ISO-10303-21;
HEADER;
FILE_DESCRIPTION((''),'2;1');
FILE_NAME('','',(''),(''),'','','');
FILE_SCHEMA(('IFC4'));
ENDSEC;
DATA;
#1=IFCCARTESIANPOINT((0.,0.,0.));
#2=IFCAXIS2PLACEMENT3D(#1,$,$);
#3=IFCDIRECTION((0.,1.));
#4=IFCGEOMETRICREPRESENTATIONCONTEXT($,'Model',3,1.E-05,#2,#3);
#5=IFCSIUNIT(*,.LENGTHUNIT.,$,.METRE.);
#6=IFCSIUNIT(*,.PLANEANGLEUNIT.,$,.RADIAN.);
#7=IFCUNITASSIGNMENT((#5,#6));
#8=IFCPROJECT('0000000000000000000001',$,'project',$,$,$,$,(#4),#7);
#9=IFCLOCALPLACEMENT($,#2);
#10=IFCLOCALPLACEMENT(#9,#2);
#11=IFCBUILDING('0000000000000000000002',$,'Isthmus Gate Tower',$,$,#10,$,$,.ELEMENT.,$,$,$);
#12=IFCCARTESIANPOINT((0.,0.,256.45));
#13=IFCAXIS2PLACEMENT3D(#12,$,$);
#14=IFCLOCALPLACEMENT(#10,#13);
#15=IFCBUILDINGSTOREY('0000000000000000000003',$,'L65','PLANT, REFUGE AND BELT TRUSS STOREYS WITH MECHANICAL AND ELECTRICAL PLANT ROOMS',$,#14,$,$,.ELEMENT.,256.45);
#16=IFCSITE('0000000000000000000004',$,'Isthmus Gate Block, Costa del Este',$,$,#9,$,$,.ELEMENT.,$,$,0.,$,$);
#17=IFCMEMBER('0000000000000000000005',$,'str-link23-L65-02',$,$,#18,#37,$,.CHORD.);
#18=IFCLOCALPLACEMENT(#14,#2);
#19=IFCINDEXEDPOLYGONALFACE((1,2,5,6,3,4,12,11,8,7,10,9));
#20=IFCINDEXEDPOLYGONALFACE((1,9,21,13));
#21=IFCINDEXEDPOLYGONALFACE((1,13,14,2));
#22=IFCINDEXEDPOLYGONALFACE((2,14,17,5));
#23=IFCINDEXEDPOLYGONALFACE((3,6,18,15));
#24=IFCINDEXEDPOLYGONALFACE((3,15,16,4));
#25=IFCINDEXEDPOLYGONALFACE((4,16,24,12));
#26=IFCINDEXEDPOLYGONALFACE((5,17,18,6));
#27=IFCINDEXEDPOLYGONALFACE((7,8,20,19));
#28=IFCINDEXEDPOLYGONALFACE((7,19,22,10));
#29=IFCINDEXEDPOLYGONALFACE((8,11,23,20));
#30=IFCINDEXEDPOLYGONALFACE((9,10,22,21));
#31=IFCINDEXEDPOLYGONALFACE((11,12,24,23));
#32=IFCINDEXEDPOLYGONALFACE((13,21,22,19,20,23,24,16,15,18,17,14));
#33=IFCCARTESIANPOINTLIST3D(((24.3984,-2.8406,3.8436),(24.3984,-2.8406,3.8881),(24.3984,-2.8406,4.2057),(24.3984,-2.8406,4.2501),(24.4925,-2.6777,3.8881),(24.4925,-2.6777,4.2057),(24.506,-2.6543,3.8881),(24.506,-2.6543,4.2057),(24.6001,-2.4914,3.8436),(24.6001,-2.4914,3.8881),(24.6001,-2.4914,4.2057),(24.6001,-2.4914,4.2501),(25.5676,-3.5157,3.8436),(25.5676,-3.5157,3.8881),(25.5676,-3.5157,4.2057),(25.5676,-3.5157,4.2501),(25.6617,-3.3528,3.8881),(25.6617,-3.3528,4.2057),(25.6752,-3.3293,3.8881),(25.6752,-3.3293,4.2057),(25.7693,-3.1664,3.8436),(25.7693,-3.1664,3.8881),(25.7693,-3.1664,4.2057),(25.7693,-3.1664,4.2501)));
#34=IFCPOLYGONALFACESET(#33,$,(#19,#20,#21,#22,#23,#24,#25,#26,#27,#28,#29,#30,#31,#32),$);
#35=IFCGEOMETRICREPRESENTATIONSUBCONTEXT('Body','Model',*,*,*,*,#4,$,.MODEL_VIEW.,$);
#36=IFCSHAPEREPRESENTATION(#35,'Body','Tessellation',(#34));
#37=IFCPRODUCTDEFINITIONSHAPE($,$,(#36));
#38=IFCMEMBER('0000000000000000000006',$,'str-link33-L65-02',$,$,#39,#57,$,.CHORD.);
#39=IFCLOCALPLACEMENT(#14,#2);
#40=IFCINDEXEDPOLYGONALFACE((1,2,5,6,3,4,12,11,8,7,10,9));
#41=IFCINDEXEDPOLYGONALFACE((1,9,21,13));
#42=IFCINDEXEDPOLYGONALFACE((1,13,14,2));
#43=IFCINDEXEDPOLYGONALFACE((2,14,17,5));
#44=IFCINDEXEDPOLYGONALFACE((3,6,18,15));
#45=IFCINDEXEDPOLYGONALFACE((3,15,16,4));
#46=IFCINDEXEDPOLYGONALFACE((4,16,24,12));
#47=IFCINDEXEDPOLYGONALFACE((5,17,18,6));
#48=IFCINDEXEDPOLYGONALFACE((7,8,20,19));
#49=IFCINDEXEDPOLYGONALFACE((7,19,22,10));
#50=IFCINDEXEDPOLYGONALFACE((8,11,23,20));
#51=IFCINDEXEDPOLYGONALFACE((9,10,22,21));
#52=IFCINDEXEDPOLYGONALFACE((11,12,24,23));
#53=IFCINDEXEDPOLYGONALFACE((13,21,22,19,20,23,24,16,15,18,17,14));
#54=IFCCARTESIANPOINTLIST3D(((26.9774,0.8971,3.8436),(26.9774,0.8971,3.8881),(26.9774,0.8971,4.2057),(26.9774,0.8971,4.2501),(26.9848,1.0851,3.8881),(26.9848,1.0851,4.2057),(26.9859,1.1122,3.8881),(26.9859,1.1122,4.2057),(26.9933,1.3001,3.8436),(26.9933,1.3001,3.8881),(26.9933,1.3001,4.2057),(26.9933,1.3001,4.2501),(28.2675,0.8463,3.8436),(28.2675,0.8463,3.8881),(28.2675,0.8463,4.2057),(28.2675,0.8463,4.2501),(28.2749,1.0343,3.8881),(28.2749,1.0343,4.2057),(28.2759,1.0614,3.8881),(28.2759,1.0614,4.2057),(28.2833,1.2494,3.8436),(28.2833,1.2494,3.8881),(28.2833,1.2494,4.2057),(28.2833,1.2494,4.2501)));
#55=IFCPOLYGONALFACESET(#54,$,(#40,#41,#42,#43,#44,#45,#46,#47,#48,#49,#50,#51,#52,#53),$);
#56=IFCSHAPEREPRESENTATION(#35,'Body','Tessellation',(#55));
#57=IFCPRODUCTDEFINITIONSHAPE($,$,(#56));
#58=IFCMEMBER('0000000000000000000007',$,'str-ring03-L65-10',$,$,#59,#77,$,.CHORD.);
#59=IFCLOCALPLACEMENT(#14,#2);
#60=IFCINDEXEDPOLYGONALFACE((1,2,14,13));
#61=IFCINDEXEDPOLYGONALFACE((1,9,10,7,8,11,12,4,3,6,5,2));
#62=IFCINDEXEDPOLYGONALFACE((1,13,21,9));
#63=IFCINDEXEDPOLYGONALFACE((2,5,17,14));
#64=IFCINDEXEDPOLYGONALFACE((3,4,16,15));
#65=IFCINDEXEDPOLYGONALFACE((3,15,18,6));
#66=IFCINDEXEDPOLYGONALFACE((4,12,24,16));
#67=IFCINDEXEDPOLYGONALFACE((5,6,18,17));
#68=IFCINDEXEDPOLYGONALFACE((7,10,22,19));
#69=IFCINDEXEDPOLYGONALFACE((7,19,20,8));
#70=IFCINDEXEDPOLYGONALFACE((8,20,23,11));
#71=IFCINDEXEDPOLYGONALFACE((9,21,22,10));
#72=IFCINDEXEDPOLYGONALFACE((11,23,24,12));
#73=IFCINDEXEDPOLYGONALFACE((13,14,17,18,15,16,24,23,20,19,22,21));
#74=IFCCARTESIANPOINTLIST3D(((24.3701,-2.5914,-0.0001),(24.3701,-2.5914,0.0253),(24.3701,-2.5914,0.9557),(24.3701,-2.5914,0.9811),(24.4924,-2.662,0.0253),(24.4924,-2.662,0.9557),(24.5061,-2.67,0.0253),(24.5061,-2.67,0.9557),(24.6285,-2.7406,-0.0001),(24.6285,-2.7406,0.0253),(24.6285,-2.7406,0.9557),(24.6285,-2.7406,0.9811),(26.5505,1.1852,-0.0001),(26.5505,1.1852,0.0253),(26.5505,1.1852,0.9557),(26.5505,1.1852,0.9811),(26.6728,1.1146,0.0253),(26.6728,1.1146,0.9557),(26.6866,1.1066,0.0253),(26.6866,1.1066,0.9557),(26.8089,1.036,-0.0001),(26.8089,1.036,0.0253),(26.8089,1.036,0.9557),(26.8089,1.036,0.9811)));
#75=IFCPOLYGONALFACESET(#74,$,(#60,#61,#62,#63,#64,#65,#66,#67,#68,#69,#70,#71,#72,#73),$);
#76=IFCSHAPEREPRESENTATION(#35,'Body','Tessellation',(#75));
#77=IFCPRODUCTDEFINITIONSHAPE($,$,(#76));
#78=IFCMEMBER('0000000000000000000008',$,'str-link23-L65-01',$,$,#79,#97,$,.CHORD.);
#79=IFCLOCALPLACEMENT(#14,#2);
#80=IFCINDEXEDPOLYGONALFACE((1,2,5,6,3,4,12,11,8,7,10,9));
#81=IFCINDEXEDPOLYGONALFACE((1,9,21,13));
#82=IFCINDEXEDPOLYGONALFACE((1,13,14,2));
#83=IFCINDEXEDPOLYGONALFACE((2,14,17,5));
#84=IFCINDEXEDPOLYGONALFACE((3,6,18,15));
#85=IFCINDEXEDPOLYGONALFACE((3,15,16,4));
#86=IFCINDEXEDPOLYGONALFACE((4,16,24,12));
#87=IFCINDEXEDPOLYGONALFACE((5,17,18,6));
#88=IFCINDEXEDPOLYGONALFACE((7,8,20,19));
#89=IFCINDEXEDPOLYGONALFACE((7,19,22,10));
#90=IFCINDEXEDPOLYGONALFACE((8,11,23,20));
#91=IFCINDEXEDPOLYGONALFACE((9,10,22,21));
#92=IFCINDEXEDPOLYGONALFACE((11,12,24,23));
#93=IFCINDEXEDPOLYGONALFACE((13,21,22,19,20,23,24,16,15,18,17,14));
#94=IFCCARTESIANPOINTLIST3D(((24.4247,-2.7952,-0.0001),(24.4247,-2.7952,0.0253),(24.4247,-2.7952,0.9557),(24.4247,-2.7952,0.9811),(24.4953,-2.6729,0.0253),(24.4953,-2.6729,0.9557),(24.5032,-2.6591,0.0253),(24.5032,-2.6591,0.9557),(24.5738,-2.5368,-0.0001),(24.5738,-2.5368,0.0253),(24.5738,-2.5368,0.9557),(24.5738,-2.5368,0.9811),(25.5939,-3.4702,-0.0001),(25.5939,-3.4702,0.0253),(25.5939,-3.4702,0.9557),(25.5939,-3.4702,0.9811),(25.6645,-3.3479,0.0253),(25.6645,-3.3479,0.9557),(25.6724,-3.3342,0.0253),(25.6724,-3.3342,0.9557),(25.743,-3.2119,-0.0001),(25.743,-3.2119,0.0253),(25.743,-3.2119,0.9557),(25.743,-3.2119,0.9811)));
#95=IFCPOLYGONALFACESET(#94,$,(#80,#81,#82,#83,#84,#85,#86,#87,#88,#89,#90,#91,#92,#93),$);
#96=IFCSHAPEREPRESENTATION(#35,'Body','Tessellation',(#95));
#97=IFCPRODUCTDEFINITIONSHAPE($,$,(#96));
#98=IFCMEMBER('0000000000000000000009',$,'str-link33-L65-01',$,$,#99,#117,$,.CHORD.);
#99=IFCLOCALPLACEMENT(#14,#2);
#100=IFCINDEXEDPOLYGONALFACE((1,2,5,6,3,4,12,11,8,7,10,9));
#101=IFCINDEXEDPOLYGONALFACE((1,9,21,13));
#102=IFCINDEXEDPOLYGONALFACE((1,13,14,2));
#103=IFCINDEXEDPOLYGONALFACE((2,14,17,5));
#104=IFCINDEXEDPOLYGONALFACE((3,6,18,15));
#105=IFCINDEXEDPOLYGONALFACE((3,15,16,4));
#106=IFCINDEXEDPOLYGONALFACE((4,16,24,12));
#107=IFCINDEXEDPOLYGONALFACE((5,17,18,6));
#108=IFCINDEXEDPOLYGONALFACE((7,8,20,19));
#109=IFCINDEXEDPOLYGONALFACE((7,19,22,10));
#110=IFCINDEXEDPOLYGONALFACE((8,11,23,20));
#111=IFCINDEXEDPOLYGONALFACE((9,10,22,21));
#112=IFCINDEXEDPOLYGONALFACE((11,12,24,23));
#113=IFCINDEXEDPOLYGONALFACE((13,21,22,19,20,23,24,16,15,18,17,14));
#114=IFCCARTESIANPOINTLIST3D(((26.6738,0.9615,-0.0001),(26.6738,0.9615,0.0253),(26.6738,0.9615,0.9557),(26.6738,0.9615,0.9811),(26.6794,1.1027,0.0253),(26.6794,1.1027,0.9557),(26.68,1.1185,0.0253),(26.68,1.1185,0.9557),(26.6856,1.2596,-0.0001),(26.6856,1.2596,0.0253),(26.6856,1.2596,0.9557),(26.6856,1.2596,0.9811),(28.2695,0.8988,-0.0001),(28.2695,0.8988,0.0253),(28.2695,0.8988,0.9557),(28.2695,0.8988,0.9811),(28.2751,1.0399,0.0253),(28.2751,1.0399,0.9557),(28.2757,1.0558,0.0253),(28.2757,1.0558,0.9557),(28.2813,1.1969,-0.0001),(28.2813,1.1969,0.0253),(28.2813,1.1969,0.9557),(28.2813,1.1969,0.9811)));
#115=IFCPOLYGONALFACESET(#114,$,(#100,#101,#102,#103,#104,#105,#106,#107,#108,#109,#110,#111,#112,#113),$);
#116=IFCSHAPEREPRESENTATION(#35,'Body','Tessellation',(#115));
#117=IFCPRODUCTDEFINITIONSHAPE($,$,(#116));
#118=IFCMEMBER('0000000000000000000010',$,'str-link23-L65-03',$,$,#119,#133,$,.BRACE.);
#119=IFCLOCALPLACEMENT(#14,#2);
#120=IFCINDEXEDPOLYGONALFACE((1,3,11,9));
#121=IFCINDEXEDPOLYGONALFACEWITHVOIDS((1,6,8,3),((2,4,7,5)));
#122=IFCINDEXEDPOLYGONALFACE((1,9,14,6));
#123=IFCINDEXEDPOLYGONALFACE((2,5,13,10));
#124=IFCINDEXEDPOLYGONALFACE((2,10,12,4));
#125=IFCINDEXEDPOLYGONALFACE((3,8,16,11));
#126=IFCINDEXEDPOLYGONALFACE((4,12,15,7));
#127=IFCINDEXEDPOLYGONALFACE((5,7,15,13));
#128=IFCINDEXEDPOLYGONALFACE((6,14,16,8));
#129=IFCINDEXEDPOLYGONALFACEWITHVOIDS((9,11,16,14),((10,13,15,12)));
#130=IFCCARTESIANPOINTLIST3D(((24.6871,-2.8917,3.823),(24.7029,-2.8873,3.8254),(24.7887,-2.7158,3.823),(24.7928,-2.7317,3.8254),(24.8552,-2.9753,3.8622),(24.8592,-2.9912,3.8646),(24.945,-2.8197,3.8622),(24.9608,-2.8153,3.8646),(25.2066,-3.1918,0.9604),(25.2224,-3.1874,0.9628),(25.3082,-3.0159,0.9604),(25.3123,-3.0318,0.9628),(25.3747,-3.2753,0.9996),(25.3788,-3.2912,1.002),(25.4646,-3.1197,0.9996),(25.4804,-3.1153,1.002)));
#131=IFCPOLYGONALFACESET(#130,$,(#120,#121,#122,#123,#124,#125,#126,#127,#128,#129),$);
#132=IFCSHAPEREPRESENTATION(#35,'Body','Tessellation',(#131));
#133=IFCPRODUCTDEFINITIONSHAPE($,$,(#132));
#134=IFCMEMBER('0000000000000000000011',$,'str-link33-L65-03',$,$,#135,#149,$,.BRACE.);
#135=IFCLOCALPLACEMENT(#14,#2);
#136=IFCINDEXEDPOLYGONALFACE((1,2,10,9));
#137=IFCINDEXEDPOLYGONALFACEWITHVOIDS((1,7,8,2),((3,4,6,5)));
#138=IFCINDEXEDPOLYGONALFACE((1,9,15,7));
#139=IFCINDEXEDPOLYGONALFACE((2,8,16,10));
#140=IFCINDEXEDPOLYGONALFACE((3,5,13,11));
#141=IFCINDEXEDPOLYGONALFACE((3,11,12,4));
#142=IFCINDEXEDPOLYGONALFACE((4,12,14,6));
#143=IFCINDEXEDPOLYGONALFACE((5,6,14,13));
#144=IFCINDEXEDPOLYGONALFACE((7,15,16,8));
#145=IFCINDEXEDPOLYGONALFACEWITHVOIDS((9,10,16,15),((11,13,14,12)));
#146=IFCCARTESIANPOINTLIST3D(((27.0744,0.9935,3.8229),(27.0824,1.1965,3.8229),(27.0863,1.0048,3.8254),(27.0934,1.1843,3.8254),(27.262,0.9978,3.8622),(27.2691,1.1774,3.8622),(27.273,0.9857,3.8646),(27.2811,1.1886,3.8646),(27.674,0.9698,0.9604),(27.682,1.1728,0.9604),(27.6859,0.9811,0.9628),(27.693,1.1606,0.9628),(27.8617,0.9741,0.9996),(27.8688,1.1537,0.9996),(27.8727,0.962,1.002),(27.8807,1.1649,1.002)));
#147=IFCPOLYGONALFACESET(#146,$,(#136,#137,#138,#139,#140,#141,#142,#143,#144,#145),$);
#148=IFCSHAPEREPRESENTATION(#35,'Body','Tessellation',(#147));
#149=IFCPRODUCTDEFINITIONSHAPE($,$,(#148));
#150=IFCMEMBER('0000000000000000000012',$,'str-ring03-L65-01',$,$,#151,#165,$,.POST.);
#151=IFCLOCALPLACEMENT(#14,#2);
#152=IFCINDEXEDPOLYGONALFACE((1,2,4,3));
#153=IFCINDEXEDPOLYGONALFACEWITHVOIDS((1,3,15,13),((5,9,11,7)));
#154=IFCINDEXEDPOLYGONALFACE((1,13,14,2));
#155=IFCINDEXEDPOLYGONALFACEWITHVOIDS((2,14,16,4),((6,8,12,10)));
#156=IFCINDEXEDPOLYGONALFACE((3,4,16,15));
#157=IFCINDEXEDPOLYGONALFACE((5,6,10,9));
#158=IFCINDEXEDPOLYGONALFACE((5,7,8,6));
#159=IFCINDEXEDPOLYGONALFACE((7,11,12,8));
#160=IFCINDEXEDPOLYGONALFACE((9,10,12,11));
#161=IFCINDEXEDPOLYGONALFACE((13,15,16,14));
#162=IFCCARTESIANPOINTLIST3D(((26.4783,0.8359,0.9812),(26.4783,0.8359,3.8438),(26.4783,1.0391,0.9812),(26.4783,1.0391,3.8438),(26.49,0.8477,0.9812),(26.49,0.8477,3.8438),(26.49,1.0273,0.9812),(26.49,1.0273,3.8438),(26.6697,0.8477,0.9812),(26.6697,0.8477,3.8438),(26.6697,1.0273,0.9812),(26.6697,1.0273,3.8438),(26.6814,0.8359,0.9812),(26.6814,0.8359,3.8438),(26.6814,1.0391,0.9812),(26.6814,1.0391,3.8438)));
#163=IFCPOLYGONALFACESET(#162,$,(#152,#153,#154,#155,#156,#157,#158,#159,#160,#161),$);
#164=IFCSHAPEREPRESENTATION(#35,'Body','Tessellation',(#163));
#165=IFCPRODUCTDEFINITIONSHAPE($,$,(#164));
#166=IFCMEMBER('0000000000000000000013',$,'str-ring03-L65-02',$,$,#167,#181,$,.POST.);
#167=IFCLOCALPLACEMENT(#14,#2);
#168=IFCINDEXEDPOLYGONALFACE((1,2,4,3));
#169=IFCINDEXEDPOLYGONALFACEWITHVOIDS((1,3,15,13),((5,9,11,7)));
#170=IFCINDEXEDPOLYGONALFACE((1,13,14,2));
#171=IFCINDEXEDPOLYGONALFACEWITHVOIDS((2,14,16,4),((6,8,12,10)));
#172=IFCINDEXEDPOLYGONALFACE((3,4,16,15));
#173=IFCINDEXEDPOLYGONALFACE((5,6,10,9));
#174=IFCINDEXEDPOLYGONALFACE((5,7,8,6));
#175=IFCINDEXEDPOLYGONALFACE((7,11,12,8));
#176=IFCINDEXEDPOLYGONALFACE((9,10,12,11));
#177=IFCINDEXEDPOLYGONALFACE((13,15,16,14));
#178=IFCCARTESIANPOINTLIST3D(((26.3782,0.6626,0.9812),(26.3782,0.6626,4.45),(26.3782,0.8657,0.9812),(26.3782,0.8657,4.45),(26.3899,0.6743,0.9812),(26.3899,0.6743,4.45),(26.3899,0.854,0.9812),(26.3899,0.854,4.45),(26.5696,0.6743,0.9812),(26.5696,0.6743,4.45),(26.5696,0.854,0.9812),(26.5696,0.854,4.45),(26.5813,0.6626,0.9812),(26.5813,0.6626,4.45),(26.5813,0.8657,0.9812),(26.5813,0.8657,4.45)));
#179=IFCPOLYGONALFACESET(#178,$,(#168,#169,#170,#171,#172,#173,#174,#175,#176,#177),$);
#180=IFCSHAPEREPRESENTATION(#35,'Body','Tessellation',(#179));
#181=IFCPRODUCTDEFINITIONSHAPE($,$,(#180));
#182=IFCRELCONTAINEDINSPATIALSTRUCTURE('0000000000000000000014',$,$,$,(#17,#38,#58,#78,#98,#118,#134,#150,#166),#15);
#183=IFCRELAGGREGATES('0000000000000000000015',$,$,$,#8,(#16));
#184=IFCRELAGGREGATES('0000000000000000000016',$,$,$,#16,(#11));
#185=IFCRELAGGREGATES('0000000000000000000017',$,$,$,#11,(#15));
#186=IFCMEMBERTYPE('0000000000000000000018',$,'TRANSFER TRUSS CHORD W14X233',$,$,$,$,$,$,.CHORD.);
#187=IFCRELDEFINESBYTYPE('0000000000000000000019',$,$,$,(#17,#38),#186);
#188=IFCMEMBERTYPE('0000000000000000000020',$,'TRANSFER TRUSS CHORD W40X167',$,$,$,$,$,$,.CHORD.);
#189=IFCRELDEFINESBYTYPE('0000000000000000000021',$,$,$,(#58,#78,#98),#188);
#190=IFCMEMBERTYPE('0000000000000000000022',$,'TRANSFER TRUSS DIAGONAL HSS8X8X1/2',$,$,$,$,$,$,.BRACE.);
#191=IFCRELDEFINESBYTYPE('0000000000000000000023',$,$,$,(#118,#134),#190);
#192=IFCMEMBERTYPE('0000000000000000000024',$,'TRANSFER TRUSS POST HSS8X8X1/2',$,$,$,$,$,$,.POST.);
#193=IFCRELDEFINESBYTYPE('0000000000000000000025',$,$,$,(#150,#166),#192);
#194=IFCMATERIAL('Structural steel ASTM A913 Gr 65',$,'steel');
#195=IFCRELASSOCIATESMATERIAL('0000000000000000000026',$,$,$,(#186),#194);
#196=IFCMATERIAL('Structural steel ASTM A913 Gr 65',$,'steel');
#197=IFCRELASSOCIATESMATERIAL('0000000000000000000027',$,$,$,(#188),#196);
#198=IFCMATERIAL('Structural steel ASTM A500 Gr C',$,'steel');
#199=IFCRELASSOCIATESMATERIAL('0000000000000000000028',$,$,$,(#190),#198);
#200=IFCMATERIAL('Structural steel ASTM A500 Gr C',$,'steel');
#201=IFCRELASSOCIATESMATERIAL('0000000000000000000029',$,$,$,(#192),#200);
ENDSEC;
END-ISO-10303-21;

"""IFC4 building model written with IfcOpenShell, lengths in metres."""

from ifc_helpers import new_model, si_unit, direction, frame, origin, origin_2d, place, context, subcontext, project, spatial, hollow_rectangle, i_section, extrude, material, material_profile, profile_set, type_object, element, save


model = new_model("IFC4")

# Units and contexts
model_context = context("Model", 3, precision=1e-05, world=origin(), true_north=direction((0.0, 1.0)))
body_context = subcontext(model_context, "Body", "Model", "MODEL_VIEW")
ifc_project = project(units=[si_unit("LENGTHUNIT", "METRE"), si_unit("PLANEANGLEUNIT", "RADIAN")], contexts=[model_context])

# Site, building, storey
site_placement = place(None, origin())
site = spatial("IfcSite", under=ifc_project, at=site_placement, Name="Isthmus Gate Block, Costa del Este", CompositionType="ELEMENT", RefElevation=0.0)
building_placement = place(site_placement, origin())
building = spatial("IfcBuilding", under=site, at=building_placement, Name="Isthmus Gate Tower", CompositionType="ELEMENT")
storey_placement = place(building_placement, frame((0.0, 0.0, 256.45)))
storey = spatial("IfcBuildingStorey", under=building, at=storey_placement, Name="L65", Description="PLANT, REFUGE AND BELT TRUSS STOREYS WITH MECHANICAL AND ELECTRICAL PLANT ROOMS", CompositionType="ELEMENT", Elevation=256.45)

# Members
ifc_material_1 = material(Name="Structural steel ASTM A913 Gr 65", Category="steel")
ifc_material_profile_1 = material_profile(ifc_material_1, i_section(OverallWidth=0.4033, OverallDepth=0.4065, WebThickness=0.0271, FlangeThickness=0.0444, at=origin_2d()), Name="W14X233")
ifc_profile_set_1 = profile_set([ifc_material_profile_1], Name="Structural steel ASTM A913 Gr 65")
member_type_1 = type_object("IfcMemberType", Name="TRANSFER TRUSS CHORD W14X233", PredefinedType="CHORD", material=ifc_profile_set_1)
member_1_placement = place(storey_placement, frame((25.6685, -3.3411, 4.0469), z_axis=(-0.86602, 0.500009, 0.0), x_axis=(-0.500009, -0.86602, 0.0)))
element("IfcMember", 1, at=member_1_placement, inside=storey, type_object=member_type_1, Name="str-link23-L65-02", PredefinedType="CHORD", context=body_context, shape_type="SweptSolid", body=[
    extrude(i_section(OverallWidth=0.4033, OverallDepth=0.4065, WebThickness=0.0271, FlangeThickness=0.0444, at=origin_2d()), origin(), (0.0, 0.0, 1.0), 1.3501),
])
member_2_placement = place(storey_placement, frame((28.2754, 1.0479, 4.0469), z_axis=(-0.999226, 0.039334, 0.0), x_axis=(-0.039334, -0.999226, 0.0)))
element("IfcMember", 2, at=member_2_placement, inside=storey, type_object=member_type_1, Name="str-link33-L65-02", PredefinedType="CHORD", context=body_context, shape_type="SweptSolid", body=[
    extrude(i_section(OverallWidth=0.4033, OverallDepth=0.4065, WebThickness=0.0271, FlangeThickness=0.0444, at=origin_2d()), origin(), (0.0, 0.0, 1.0), 1.291),
])
ifc_material_2 = material(Name="Structural steel ASTM A913 Gr 65", Category="steel")
ifc_material_profile_2 = material_profile(ifc_material_2, i_section(OverallWidth=0.2983, OverallDepth=0.9812, WebThickness=0.0159, FlangeThickness=0.0254, at=origin_2d()), Name="W40X167")
ifc_profile_set_2 = profile_set([ifc_material_profile_2], Name="Structural steel ASTM A913 Gr 65")
member_type_2 = type_object("IfcMemberType", Name="TRANSFER TRUSS CHORD W40X167", PredefinedType="CHORD", material=ifc_profile_set_2)
member_3_placement = place(storey_placement, frame((26.6797, 1.1106, 0.4905), z_axis=(-0.499999, -0.866026, 0.0), x_axis=(0.866026, -0.499999, 0.0)))
element("IfcMember", 3, at=member_3_placement, inside=storey, type_object=member_type_2, Name="str-ring03-L65-10", PredefinedType="CHORD", context=body_context, shape_type="SweptSolid", body=[
    extrude(i_section(OverallWidth=0.2983, OverallDepth=0.9812, WebThickness=0.0159, FlangeThickness=0.0254, at=origin_2d()), origin(), (0.0, 0.0, 1.0), 4.3608),
])
member_4_placement = place(storey_placement, frame((25.6685, -3.3411, 0.4905), z_axis=(-0.86602, 0.500009, 0.0), x_axis=(-0.500009, -0.86602, 0.0)))
element("IfcMember", 4, at=member_4_placement, inside=storey, type_object=member_type_2, Name="str-link23-L65-01", PredefinedType="CHORD", context=body_context, shape_type="SweptSolid", body=[
    extrude(i_section(OverallWidth=0.2983, OverallDepth=0.9812, WebThickness=0.0159, FlangeThickness=0.0254, at=origin_2d()), origin(), (0.0, 0.0, 1.0), 1.3501),
])
member_5_placement = place(storey_placement, frame((28.2754, 1.0479, 0.4905), z_axis=(-0.999228, 0.03929, 0.0), x_axis=(-0.03929, -0.999228, 0.0)))
element("IfcMember", 5, at=member_5_placement, inside=storey, type_object=member_type_2, Name="str-link33-L65-01", PredefinedType="CHORD", context=body_context, shape_type="SweptSolid", body=[
    extrude(i_section(OverallWidth=0.2983, OverallDepth=0.9812, WebThickness=0.0159, FlangeThickness=0.0254, at=origin_2d()), origin(), (0.0, 0.0, 1.0), 1.5969),
])
ifc_material_3 = material(Name="Structural steel ASTM A500 Gr C", Category="steel")
ifc_material_profile_3 = material_profile(ifc_material_3, hollow_rectangle(XDim=0.2031, YDim=0.2031, WallThickness=0.0117, at=origin_2d()), Name="HSS8X8X1/2")
ifc_profile_set_3 = profile_set([ifc_material_profile_3], Name="Structural steel ASTM A500 Gr C")
member_type_3 = type_object("IfcMemberType", Name="TRANSFER TRUSS DIAGONAL HSS8X8X1/2", PredefinedType="BRACE", material=ifc_profile_set_3)
for number, where, z_axis, x_axis, name in (
    (6, (25.3435, -3.1536, 0.9812), (-0.177633, 0.10259, 0.978735), (-0.500122, -0.865955, 0.0), "str-link23-L65-03"),
    (7, (27.7773, 1.0674, 0.9812), (-0.205011, 0.008097, 0.978726), (-0.039464, -0.999221, 0.0), "str-link33-L65-03"),
):
    element("IfcMember", number, at=place(storey_placement, frame(where, z_axis=z_axis, x_axis=x_axis)), inside=storey, type_object=member_type_3, Name=name, PredefinedType="BRACE", context=body_context, shape_type="SweptSolid", body=[
        extrude(hollow_rectangle(XDim=0.2031, YDim=0.2031, WallThickness=0.0117, at=origin_2d()), origin(), (0.0, 0.0, 1.0), 2.9248),
    ])
ifc_material_4 = material(Name="Structural steel ASTM A500 Gr C", Category="steel")
ifc_material_profile_4 = material_profile(ifc_material_4, hollow_rectangle(XDim=0.2031, YDim=0.2031, WallThickness=0.0117, at=origin_2d()), Name="HSS8X8X1/2")
ifc_profile_set_4 = profile_set([ifc_material_profile_4], Name="Structural steel ASTM A500 Gr C")
member_type_4 = type_object("IfcMemberType", Name="TRANSFER TRUSS POST HSS8X8X1/2", PredefinedType="POST", material=ifc_profile_set_4)
member_6_placement = place(storey_placement, frame((26.5798, 0.9375, 0.9812), z_axis=(0.0, 0.0, 1.0), x_axis=(1.0, 0.0, 0.0)))
element("IfcMember", 8, at=member_6_placement, inside=storey, type_object=member_type_4, Name="str-ring03-L65-01", PredefinedType="POST", context=body_context, shape_type="SweptSolid", body=[
    extrude(hollow_rectangle(XDim=0.2031, YDim=0.2031, WallThickness=0.0117, at=origin_2d()), origin(), (0.0, 0.0, 1.0), 2.8625),
])
member_7_placement = place(storey_placement, frame((26.4797, 0.7642, 0.9812), z_axis=(0.0, 0.0, 1.0), x_axis=(1.0, 0.0, 0.0)))
element("IfcMember", 9, at=member_7_placement, inside=storey, type_object=member_type_4, Name="str-ring03-L65-02", PredefinedType="POST", context=body_context, shape_type="SweptSolid", body=[
    extrude(hollow_rectangle(XDim=0.2031, YDim=0.2031, WallThickness=0.0117, at=origin_2d()), origin(), (0.0, 0.0, 1.0), 3.4688),
])

save(model, "model.ifc")
